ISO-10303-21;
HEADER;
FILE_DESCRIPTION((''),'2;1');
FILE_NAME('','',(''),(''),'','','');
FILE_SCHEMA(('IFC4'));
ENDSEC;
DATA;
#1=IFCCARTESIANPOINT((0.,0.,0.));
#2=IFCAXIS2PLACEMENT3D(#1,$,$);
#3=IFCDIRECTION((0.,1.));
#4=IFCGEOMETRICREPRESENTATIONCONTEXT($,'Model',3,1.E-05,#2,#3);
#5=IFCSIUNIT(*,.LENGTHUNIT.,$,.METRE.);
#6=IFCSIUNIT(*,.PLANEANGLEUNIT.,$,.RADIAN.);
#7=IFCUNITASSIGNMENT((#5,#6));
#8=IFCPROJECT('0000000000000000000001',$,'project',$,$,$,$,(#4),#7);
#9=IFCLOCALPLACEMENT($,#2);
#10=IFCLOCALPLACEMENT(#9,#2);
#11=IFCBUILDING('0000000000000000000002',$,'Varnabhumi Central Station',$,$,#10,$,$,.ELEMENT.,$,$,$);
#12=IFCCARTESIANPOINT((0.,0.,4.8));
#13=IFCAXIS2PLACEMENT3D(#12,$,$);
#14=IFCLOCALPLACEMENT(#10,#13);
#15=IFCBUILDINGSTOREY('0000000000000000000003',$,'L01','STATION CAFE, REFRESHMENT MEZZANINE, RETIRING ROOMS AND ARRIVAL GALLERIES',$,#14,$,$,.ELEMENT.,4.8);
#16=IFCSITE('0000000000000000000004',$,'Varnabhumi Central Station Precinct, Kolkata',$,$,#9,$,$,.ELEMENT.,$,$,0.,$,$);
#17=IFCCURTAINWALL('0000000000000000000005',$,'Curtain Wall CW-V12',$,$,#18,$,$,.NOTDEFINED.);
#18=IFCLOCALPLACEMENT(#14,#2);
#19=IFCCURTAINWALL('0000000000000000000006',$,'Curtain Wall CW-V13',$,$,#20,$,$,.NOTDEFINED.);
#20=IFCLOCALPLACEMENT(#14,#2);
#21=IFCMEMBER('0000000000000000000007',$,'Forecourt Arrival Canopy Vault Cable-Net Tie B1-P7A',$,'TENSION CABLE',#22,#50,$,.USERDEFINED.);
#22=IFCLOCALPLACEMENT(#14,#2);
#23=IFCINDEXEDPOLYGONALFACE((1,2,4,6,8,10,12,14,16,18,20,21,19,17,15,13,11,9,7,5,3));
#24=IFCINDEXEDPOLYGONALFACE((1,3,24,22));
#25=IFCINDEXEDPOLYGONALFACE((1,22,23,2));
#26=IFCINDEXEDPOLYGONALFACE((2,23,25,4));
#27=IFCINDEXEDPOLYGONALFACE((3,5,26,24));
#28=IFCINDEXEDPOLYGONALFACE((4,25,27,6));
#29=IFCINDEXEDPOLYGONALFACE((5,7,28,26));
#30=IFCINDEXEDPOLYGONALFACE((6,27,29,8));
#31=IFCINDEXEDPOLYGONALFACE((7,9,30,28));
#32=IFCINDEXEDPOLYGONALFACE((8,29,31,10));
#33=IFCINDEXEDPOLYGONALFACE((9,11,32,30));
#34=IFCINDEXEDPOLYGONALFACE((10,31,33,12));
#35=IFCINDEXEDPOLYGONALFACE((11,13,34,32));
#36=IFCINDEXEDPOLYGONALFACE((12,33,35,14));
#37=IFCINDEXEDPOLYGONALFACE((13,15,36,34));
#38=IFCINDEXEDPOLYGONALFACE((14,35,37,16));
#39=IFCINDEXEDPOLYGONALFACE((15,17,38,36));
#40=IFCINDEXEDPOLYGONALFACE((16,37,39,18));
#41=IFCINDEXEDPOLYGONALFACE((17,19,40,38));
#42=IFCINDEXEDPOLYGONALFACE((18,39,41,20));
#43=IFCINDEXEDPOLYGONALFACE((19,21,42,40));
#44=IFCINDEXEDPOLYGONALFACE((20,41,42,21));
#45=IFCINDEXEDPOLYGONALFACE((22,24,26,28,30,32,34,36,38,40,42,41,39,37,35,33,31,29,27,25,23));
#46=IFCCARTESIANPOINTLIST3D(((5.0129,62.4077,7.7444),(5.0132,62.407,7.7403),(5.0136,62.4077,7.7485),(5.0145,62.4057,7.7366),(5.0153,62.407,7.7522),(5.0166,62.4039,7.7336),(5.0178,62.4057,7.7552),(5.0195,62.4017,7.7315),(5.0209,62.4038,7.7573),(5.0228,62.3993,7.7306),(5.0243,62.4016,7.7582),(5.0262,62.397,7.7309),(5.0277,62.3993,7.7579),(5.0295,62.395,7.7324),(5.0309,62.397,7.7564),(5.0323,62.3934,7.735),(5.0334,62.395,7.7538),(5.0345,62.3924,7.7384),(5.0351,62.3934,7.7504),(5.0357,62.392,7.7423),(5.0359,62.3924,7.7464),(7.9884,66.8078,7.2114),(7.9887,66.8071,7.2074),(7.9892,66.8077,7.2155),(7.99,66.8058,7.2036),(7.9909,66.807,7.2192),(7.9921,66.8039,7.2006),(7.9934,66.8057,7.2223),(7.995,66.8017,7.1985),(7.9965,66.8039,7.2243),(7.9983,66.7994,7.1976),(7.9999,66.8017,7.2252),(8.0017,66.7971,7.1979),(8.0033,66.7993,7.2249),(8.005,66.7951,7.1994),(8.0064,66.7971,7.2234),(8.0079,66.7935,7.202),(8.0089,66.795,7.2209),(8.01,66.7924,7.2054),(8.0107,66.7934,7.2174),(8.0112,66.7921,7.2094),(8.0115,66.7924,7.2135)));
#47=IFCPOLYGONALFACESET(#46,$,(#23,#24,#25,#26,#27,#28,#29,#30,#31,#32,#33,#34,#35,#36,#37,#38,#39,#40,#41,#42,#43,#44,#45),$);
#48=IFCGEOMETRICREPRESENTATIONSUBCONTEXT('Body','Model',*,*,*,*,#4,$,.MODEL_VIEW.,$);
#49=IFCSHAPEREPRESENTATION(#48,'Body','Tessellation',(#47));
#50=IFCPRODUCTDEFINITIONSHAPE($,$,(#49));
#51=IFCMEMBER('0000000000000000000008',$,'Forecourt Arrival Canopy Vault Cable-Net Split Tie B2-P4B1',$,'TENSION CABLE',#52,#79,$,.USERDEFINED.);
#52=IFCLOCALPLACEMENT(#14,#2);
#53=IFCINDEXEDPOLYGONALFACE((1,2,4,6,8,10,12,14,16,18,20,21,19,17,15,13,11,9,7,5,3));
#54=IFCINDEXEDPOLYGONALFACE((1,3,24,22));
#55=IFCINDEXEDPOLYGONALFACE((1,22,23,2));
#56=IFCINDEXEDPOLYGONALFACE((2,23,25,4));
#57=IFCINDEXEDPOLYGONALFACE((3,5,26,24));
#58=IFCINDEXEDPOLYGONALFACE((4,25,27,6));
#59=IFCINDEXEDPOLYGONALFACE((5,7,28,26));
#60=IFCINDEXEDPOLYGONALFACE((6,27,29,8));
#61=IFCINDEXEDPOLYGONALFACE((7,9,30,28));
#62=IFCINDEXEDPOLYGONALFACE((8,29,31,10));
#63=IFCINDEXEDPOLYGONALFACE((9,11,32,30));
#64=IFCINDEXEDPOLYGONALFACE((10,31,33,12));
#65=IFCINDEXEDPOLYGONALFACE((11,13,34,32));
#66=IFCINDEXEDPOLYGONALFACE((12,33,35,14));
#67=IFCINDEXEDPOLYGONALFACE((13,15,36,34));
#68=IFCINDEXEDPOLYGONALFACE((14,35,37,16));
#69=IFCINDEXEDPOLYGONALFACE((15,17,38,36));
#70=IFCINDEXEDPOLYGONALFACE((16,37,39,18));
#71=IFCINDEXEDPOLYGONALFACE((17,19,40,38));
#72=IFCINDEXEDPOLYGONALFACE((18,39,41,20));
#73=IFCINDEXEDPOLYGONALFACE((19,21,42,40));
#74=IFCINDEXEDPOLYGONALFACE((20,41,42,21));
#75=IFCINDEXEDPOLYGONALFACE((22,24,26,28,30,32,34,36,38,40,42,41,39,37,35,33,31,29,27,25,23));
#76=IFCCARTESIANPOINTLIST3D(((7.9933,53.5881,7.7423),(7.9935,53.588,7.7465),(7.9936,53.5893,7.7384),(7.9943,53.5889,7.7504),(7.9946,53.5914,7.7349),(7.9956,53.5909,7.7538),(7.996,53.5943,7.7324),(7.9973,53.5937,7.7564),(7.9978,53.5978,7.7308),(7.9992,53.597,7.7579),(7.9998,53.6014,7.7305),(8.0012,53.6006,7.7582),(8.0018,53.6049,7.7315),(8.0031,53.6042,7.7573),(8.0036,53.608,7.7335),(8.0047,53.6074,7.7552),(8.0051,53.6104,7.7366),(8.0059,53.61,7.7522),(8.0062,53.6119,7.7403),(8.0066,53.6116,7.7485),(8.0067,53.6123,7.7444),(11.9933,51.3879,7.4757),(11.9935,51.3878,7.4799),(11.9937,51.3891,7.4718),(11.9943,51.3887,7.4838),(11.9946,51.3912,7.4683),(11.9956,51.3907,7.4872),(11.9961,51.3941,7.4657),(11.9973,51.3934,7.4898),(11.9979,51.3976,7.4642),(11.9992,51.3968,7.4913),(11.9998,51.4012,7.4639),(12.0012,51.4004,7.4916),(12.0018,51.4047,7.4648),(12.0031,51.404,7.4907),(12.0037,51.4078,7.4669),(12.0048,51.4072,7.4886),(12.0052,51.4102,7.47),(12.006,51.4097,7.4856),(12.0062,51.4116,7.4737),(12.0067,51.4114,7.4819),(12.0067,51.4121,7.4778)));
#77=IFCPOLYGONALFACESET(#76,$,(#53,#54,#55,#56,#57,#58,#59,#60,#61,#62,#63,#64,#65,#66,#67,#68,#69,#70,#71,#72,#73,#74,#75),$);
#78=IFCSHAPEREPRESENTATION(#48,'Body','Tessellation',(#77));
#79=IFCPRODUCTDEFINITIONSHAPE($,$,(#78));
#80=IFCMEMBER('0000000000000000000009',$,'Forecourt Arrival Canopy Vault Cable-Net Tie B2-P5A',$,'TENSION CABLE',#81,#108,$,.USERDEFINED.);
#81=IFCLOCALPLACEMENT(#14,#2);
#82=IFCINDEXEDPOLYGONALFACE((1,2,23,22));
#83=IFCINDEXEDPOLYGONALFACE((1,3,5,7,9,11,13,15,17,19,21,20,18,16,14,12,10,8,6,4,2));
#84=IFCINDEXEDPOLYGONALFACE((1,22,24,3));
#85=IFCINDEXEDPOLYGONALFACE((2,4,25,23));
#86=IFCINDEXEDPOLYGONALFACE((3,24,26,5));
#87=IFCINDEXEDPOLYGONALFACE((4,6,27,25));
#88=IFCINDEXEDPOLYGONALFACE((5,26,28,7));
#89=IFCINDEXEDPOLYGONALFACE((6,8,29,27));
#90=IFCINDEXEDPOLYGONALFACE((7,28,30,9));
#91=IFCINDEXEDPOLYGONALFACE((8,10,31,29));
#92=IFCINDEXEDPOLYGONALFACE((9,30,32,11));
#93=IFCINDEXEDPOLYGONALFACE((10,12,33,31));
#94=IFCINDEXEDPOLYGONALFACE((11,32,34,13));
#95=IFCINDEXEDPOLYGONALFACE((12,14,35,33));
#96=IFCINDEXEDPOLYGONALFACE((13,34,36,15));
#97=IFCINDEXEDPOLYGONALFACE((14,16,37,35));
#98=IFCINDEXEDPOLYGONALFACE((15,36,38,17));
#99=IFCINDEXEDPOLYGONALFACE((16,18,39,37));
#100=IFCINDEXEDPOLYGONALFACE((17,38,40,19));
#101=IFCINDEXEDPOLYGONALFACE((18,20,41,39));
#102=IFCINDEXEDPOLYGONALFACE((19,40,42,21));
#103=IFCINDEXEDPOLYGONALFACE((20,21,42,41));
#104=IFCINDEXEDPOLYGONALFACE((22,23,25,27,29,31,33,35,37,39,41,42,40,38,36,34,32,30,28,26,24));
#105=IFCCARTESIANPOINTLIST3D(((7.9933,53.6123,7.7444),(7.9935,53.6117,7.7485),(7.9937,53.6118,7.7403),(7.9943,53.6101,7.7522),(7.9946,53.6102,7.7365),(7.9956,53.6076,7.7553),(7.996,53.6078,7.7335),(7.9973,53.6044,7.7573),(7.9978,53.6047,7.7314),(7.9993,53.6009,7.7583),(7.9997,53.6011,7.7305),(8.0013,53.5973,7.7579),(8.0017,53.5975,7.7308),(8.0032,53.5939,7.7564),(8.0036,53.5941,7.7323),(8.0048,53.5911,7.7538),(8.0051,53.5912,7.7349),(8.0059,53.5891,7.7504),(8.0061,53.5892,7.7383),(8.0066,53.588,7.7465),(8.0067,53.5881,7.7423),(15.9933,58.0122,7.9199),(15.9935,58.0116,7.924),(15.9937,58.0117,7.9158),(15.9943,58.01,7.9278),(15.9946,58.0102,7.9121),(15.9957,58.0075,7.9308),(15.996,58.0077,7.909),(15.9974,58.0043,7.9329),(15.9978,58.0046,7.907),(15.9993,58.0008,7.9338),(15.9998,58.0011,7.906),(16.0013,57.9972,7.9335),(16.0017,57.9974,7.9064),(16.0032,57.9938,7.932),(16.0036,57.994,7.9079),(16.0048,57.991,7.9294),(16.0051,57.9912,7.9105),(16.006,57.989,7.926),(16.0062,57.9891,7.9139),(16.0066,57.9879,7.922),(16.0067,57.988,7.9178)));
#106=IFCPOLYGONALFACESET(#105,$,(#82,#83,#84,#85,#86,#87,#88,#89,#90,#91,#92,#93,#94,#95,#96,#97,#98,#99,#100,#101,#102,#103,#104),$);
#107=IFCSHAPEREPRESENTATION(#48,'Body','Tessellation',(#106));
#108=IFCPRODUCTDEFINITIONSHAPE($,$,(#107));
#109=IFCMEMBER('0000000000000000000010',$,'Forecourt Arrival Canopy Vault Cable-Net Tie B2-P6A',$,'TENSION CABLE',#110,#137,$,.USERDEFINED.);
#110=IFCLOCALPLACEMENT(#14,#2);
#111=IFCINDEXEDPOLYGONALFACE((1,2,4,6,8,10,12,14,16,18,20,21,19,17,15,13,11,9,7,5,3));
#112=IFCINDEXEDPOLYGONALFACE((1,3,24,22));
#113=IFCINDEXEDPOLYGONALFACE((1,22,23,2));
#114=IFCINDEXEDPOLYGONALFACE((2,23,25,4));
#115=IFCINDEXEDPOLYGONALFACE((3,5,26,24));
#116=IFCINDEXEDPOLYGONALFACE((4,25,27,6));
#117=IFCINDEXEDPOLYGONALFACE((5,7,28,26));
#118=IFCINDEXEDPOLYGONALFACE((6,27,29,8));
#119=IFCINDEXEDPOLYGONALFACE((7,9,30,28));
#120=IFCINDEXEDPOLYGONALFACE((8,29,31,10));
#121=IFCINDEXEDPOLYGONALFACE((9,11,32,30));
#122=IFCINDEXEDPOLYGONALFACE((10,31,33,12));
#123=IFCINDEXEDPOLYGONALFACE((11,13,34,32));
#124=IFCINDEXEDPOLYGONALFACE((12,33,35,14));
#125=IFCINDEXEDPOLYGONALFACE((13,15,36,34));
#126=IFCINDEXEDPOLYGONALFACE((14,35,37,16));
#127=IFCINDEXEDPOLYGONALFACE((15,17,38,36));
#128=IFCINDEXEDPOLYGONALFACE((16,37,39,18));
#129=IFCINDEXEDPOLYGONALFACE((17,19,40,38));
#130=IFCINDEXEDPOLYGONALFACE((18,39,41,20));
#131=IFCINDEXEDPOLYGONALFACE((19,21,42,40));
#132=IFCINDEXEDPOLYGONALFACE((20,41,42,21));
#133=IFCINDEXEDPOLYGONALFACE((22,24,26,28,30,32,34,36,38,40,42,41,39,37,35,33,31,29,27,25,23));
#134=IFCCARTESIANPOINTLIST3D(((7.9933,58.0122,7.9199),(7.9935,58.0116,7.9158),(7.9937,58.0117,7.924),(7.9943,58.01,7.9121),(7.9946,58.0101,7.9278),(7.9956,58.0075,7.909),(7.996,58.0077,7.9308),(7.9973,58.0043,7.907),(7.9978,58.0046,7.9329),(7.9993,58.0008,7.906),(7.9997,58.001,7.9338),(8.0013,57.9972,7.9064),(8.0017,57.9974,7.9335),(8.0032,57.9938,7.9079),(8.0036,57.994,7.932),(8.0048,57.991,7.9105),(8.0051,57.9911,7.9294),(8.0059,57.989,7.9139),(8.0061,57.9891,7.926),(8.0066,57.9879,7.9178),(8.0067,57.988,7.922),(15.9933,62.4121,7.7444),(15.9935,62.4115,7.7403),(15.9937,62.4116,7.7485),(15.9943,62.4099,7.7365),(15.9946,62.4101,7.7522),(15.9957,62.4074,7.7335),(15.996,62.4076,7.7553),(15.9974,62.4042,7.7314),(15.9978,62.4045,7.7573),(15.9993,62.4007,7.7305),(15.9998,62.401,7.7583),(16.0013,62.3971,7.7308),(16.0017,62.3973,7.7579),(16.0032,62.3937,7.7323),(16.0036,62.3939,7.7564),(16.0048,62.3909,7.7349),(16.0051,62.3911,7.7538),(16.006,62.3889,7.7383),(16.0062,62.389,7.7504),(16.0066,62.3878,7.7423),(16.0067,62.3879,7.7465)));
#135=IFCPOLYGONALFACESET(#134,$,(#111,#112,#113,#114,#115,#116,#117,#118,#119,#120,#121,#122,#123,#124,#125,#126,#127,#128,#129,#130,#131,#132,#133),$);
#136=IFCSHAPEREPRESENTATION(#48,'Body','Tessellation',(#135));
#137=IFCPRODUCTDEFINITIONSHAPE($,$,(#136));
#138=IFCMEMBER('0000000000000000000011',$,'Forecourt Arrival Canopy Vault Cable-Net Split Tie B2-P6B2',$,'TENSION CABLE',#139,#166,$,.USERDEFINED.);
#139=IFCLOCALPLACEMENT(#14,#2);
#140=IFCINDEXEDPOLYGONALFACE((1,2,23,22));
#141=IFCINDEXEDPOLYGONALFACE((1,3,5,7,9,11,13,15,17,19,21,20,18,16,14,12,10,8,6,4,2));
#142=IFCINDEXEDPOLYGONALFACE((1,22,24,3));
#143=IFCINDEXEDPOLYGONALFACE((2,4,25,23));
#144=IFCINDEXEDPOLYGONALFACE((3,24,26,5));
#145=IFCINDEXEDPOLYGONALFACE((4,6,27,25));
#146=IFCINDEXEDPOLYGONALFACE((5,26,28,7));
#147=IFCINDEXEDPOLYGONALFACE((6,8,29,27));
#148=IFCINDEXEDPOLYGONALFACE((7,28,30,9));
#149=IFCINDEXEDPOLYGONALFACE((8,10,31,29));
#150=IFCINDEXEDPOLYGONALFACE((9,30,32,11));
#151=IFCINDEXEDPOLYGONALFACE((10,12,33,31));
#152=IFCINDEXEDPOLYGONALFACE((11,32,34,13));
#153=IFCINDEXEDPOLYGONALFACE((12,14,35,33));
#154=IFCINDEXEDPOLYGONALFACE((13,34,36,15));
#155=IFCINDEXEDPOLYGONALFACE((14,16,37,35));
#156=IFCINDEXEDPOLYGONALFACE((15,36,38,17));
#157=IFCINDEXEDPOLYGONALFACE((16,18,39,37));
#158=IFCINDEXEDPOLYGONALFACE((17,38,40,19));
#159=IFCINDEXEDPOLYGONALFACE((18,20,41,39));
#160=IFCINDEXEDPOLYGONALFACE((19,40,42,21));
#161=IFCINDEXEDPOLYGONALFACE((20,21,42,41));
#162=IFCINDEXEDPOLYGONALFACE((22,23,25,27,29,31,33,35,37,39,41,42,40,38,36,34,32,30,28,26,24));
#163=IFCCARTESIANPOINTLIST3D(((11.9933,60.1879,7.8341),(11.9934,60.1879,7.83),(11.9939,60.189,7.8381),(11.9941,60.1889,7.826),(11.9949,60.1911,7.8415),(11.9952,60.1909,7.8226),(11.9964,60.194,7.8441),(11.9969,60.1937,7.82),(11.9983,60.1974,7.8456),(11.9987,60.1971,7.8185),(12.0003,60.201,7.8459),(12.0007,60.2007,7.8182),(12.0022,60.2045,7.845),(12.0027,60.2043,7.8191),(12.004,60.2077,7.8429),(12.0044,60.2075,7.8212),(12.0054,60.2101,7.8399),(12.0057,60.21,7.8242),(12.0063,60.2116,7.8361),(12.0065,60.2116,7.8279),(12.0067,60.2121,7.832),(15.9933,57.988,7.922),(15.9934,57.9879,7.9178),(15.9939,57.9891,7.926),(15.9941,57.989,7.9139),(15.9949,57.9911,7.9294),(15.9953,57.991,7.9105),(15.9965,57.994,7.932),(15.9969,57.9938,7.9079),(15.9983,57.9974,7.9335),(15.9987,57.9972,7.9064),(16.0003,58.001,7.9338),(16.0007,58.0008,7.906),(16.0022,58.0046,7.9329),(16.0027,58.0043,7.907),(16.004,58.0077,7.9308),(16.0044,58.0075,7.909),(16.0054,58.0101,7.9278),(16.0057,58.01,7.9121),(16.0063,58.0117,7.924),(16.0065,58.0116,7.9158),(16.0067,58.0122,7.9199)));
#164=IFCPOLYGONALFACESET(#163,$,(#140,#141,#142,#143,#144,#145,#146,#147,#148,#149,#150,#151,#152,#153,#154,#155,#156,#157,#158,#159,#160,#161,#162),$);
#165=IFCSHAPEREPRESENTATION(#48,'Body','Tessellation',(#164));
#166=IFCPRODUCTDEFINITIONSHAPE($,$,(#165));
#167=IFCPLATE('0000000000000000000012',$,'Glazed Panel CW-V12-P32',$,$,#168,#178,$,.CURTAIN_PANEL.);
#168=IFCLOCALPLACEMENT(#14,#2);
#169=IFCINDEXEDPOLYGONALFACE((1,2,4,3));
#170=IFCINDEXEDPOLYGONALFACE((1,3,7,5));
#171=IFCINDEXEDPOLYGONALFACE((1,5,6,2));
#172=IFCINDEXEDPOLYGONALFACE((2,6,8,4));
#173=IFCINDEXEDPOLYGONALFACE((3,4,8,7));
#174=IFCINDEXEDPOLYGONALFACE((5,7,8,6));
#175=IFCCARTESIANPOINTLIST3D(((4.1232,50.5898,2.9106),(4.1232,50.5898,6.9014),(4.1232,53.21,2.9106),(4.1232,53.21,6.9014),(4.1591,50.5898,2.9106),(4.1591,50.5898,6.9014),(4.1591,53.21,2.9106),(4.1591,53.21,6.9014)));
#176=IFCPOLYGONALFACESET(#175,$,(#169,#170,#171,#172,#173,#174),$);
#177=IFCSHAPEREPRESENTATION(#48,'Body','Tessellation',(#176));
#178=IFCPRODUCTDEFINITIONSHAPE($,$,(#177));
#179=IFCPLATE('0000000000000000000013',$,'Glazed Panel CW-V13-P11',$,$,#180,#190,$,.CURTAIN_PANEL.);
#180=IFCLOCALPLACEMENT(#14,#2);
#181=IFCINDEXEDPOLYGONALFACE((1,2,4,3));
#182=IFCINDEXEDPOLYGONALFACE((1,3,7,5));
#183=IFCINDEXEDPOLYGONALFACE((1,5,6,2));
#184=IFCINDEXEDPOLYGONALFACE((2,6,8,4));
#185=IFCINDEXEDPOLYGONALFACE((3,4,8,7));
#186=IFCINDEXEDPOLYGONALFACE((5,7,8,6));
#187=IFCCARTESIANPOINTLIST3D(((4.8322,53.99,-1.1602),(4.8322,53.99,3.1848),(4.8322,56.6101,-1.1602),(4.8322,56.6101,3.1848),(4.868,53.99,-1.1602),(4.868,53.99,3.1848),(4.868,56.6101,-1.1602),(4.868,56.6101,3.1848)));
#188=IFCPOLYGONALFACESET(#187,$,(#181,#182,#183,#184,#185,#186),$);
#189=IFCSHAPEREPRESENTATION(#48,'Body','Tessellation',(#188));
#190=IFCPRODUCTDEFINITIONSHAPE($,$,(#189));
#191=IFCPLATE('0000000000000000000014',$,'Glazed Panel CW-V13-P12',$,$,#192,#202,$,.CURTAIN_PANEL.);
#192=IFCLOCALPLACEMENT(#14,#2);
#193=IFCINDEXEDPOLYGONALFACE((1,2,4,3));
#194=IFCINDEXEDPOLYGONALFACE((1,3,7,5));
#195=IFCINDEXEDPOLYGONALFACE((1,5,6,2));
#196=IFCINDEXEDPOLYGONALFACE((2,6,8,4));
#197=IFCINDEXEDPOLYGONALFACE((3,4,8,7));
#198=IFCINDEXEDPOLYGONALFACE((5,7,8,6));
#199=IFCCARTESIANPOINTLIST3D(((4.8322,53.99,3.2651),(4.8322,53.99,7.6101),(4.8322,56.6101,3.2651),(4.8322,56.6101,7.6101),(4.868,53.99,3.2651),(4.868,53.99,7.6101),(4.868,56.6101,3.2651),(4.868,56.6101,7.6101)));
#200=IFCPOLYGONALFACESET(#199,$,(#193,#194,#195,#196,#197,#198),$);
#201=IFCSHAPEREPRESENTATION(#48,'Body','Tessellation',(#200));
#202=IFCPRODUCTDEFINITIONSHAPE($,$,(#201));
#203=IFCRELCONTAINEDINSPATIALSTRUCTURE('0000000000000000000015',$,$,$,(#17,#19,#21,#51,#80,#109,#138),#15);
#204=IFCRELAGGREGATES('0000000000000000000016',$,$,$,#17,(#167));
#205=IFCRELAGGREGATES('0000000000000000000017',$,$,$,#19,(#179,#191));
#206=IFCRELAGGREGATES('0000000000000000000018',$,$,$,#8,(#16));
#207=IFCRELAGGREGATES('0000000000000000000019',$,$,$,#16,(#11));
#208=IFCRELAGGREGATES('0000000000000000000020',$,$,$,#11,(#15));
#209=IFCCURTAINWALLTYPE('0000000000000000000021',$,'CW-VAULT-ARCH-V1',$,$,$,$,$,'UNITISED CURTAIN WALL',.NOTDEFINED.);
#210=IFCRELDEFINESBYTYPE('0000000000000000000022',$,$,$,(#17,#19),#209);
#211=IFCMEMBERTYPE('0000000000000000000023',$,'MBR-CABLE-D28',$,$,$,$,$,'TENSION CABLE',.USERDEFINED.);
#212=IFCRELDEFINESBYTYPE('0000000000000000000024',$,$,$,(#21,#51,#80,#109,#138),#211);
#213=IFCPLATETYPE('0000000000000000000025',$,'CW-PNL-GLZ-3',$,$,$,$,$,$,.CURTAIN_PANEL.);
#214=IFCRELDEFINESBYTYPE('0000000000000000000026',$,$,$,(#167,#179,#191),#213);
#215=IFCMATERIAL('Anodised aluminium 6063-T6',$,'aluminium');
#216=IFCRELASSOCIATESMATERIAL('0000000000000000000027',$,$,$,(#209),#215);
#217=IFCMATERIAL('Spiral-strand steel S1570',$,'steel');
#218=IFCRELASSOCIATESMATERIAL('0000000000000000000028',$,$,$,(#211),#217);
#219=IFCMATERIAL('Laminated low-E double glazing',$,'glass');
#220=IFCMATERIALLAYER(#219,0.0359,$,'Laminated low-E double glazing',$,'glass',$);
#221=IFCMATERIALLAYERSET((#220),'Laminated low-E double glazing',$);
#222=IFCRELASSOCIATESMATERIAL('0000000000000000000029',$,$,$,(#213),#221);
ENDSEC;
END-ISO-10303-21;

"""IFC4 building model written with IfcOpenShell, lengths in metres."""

from ifc_helpers import new_model, si_unit, direction, frame, origin, origin_2d, place, context, subcontext, project, spatial, rectangle, circle, extrude, material, layer, layer_set, material_profile, profile_set, type_object, element, aggregate, save


model = new_model("IFC4")

# Units and contexts
model_context = context("Model", 3, precision=1e-05, world=origin(), true_north=direction((0.0, 1.0)))
body_context = subcontext(model_context, "Body", "Model", "MODEL_VIEW")
ifc_project = project(units=[si_unit("LENGTHUNIT", "METRE"), si_unit("PLANEANGLEUNIT", "RADIAN")], contexts=[model_context])

# Site, building, storey
site_placement = place(None, origin())
site = spatial("IfcSite", under=ifc_project, at=site_placement, Name="Varnabhumi Central Station Precinct, Kolkata", CompositionType="ELEMENT", RefElevation=0.0)
building_placement = place(site_placement, origin())
building = spatial("IfcBuilding", under=site, at=building_placement, Name="Varnabhumi Central Station", CompositionType="ELEMENT")
storey_placement = place(building_placement, frame((0.0, 0.0, 4.8)))
storey = spatial("IfcBuildingStorey", under=building, at=storey_placement, Name="L01", Description="STATION CAFE, REFRESHMENT MEZZANINE, RETIRING ROOMS AND ARRIVAL GALLERIES", CompositionType="ELEMENT", Elevation=4.8)

# Curtain wall
ifc_material_1 = material(Name="Anodised aluminium 6063-T6", Category="aluminium")
curtain_wall_type = type_object("IfcCurtainWallType", Name="CW-VAULT-ARCH-V1", ElementType="UNITISED CURTAIN WALL", PredefinedType="NOTDEFINED", material=ifc_material_1)
curtain_wall_1_placement = place(storey_placement, origin())
curtain_wall_1 = element("IfcCurtainWall", 1, at=curtain_wall_1_placement, inside=storey, type_object=curtain_wall_type, Name="Curtain Wall CW-V12", PredefinedType="NOTDEFINED")

# Curtain wall
curtain_wall_2_placement = place(storey_placement, origin())
curtain_wall_2 = element("IfcCurtainWall", 2, at=curtain_wall_2_placement, inside=storey, type_object=curtain_wall_type, Name="Curtain Wall CW-V13", PredefinedType="NOTDEFINED")

# Members
ifc_material_2 = material(Name="Spiral-strand steel S1570", Category="steel")
ifc_material_profile_1 = material_profile(ifc_material_2, circle(Radius=0.0139, at=origin_2d()), Name="Spiral-strand steel S1570", Category="steel")
ifc_profile_set_1 = profile_set([ifc_material_profile_1], Name="Spiral-strand steel S1570")
member_type_1 = type_object("IfcMemberType", Name="MBR-CABLE-D28", ElementType="TENSION CABLE", PredefinedType="USERDEFINED", material=ifc_profile_set_1)
member_1_placement = place(storey_placement, frame((5.0244, 62.3999, 7.7444), z_axis=(0.557384, 0.824231, -0.099833), x_axis=(-0.828369, 0.560182, 0.0)))
element("IfcMember", 3, at=member_1_placement, inside=storey, type_object=member_type_1, Name="Forecourt Arrival Canopy Vault Cable-Net Tie B1-P7A", ObjectType="TENSION CABLE", PredefinedType="USERDEFINED", context=body_context, shape_type="SweptSolid", body=[
    extrude(circle(Radius=0.0139, at=origin_2d()), origin(), (0.0, 0.0, 1.0), 5.3384),
])
member_2_placement = place(storey_placement, frame((8.0, 53.6001, 7.7444), z_axis=(0.874708, -0.481132, -0.0583), x_axis=(0.481952, 0.876198, 0.0)))
element("IfcMember", 4, at=member_2_placement, inside=storey, type_object=member_type_1, Name="Forecourt Arrival Canopy Vault Cable-Net Split Tie B2-P4B1", ObjectType="TENSION CABLE", PredefinedType="USERDEFINED", context=body_context, shape_type="SweptSolid", body=[
    extrude(circle(Radius=0.0139, at=origin_2d()), origin(), (0.0, 0.0, 1.0), 4.573),
])
for number, where, z_axis, x_axis, name in (
    (5, (8.0, 53.6001, 7.7444), (0.876059, 0.481821, 0.019223), (-0.481911, 0.87622, 0.0), "Forecourt Arrival Canopy Vault Cable-Net Tie B2-P5A"),
    (6, (8.0, 58.0, 7.9199), (0.876059, 0.481821, -0.019223), (-0.481911, 0.87622, 0.0), "Forecourt Arrival Canopy Vault Cable-Net Tie B2-P6A"),
):
    element("IfcMember", number, at=place(storey_placement, frame(where, z_axis=z_axis, x_axis=x_axis)), inside=storey, type_object=member_type_1, Name=name, ObjectType="TENSION CABLE", PredefinedType="USERDEFINED", context=body_context, shape_type="SweptSolid", body=[
        extrude(circle(Radius=0.0139, at=origin_2d()), origin(), (0.0, 0.0, 1.0), 9.1318),
    ])
member_3_placement = place(storey_placement, frame((12.0, 60.2, 7.832), z_axis=(0.876058, -0.481821, 0.019249), x_axis=(0.481911, 0.87622, 0.0)))
element("IfcMember", 7, at=member_3_placement, inside=storey, type_object=member_type_1, Name="Forecourt Arrival Canopy Vault Cable-Net Split Tie B2-P6B2", ObjectType="TENSION CABLE", PredefinedType="USERDEFINED", context=body_context, shape_type="SweptSolid", body=[
    extrude(circle(Radius=0.0139, at=origin_2d()), origin(), (0.0, 0.0, 1.0), 4.5659),
])

# Plates
ifc_material_3 = material(Name="Laminated low-E double glazing", Category="glass")
ifc_layer_1 = layer(ifc_material_3, 0.0359, Name="Laminated low-E double glazing", Category="glass")
ifc_layer_set_1 = layer_set([ifc_layer_1], Name="Laminated low-E double glazing")
plate_type_1 = type_object("IfcPlateType", Name="CW-PNL-GLZ-3", PredefinedType="CURTAIN_PANEL", material=ifc_layer_set_1)
plate_1_placement = place(storey_placement, frame((4.1411, 51.8999, 2.9106), z_axis=(0.0, 0.0, 1.0), x_axis=(0.0, 1.0, 0.0)))
plate_1 = element("IfcPlate", 8, at=plate_1_placement, type_object=plate_type_1, Name="Glazed Panel CW-V12-P32", PredefinedType="CURTAIN_PANEL", context=body_context, shape_type="SweptSolid", body=[
    extrude(rectangle(XDim=2.6201, YDim=0.0359, at=origin_2d()), origin(), (0.0, 0.0, 1.0), 3.9907),
])
aggregate(curtain_wall_1, [plate_1])
plate_2_placement = place(storey_placement, frame((4.8501, 55.3, -1.1602), z_axis=(0.0, 0.0, 1.0), x_axis=(0.0, 1.0, 0.0)))
plate_2 = element("IfcPlate", 9, at=plate_2_placement, type_object=plate_type_1, Name="Glazed Panel CW-V13-P11", PredefinedType="CURTAIN_PANEL", context=body_context, shape_type="SweptSolid", body=[
    extrude(rectangle(XDim=2.6201, YDim=0.0359, at=origin_2d()), origin(), (0.0, 0.0, 1.0), 4.345),
])
plate_3_placement = place(storey_placement, frame((4.8501, 55.3, 3.2651), z_axis=(0.0, 0.0, 1.0), x_axis=(0.0, 1.0, 0.0)))
plate_3 = element("IfcPlate", 10, at=plate_3_placement, type_object=plate_type_1, Name="Glazed Panel CW-V13-P12", PredefinedType="CURTAIN_PANEL", context=body_context, shape_type="SweptSolid", body=[
    extrude(rectangle(XDim=2.6201, YDim=0.0359, at=origin_2d()), origin(), (0.0, 0.0, 1.0), 4.345),
])
aggregate(curtain_wall_2, [plate_2, plate_3])

save(model, "model.ifc")
